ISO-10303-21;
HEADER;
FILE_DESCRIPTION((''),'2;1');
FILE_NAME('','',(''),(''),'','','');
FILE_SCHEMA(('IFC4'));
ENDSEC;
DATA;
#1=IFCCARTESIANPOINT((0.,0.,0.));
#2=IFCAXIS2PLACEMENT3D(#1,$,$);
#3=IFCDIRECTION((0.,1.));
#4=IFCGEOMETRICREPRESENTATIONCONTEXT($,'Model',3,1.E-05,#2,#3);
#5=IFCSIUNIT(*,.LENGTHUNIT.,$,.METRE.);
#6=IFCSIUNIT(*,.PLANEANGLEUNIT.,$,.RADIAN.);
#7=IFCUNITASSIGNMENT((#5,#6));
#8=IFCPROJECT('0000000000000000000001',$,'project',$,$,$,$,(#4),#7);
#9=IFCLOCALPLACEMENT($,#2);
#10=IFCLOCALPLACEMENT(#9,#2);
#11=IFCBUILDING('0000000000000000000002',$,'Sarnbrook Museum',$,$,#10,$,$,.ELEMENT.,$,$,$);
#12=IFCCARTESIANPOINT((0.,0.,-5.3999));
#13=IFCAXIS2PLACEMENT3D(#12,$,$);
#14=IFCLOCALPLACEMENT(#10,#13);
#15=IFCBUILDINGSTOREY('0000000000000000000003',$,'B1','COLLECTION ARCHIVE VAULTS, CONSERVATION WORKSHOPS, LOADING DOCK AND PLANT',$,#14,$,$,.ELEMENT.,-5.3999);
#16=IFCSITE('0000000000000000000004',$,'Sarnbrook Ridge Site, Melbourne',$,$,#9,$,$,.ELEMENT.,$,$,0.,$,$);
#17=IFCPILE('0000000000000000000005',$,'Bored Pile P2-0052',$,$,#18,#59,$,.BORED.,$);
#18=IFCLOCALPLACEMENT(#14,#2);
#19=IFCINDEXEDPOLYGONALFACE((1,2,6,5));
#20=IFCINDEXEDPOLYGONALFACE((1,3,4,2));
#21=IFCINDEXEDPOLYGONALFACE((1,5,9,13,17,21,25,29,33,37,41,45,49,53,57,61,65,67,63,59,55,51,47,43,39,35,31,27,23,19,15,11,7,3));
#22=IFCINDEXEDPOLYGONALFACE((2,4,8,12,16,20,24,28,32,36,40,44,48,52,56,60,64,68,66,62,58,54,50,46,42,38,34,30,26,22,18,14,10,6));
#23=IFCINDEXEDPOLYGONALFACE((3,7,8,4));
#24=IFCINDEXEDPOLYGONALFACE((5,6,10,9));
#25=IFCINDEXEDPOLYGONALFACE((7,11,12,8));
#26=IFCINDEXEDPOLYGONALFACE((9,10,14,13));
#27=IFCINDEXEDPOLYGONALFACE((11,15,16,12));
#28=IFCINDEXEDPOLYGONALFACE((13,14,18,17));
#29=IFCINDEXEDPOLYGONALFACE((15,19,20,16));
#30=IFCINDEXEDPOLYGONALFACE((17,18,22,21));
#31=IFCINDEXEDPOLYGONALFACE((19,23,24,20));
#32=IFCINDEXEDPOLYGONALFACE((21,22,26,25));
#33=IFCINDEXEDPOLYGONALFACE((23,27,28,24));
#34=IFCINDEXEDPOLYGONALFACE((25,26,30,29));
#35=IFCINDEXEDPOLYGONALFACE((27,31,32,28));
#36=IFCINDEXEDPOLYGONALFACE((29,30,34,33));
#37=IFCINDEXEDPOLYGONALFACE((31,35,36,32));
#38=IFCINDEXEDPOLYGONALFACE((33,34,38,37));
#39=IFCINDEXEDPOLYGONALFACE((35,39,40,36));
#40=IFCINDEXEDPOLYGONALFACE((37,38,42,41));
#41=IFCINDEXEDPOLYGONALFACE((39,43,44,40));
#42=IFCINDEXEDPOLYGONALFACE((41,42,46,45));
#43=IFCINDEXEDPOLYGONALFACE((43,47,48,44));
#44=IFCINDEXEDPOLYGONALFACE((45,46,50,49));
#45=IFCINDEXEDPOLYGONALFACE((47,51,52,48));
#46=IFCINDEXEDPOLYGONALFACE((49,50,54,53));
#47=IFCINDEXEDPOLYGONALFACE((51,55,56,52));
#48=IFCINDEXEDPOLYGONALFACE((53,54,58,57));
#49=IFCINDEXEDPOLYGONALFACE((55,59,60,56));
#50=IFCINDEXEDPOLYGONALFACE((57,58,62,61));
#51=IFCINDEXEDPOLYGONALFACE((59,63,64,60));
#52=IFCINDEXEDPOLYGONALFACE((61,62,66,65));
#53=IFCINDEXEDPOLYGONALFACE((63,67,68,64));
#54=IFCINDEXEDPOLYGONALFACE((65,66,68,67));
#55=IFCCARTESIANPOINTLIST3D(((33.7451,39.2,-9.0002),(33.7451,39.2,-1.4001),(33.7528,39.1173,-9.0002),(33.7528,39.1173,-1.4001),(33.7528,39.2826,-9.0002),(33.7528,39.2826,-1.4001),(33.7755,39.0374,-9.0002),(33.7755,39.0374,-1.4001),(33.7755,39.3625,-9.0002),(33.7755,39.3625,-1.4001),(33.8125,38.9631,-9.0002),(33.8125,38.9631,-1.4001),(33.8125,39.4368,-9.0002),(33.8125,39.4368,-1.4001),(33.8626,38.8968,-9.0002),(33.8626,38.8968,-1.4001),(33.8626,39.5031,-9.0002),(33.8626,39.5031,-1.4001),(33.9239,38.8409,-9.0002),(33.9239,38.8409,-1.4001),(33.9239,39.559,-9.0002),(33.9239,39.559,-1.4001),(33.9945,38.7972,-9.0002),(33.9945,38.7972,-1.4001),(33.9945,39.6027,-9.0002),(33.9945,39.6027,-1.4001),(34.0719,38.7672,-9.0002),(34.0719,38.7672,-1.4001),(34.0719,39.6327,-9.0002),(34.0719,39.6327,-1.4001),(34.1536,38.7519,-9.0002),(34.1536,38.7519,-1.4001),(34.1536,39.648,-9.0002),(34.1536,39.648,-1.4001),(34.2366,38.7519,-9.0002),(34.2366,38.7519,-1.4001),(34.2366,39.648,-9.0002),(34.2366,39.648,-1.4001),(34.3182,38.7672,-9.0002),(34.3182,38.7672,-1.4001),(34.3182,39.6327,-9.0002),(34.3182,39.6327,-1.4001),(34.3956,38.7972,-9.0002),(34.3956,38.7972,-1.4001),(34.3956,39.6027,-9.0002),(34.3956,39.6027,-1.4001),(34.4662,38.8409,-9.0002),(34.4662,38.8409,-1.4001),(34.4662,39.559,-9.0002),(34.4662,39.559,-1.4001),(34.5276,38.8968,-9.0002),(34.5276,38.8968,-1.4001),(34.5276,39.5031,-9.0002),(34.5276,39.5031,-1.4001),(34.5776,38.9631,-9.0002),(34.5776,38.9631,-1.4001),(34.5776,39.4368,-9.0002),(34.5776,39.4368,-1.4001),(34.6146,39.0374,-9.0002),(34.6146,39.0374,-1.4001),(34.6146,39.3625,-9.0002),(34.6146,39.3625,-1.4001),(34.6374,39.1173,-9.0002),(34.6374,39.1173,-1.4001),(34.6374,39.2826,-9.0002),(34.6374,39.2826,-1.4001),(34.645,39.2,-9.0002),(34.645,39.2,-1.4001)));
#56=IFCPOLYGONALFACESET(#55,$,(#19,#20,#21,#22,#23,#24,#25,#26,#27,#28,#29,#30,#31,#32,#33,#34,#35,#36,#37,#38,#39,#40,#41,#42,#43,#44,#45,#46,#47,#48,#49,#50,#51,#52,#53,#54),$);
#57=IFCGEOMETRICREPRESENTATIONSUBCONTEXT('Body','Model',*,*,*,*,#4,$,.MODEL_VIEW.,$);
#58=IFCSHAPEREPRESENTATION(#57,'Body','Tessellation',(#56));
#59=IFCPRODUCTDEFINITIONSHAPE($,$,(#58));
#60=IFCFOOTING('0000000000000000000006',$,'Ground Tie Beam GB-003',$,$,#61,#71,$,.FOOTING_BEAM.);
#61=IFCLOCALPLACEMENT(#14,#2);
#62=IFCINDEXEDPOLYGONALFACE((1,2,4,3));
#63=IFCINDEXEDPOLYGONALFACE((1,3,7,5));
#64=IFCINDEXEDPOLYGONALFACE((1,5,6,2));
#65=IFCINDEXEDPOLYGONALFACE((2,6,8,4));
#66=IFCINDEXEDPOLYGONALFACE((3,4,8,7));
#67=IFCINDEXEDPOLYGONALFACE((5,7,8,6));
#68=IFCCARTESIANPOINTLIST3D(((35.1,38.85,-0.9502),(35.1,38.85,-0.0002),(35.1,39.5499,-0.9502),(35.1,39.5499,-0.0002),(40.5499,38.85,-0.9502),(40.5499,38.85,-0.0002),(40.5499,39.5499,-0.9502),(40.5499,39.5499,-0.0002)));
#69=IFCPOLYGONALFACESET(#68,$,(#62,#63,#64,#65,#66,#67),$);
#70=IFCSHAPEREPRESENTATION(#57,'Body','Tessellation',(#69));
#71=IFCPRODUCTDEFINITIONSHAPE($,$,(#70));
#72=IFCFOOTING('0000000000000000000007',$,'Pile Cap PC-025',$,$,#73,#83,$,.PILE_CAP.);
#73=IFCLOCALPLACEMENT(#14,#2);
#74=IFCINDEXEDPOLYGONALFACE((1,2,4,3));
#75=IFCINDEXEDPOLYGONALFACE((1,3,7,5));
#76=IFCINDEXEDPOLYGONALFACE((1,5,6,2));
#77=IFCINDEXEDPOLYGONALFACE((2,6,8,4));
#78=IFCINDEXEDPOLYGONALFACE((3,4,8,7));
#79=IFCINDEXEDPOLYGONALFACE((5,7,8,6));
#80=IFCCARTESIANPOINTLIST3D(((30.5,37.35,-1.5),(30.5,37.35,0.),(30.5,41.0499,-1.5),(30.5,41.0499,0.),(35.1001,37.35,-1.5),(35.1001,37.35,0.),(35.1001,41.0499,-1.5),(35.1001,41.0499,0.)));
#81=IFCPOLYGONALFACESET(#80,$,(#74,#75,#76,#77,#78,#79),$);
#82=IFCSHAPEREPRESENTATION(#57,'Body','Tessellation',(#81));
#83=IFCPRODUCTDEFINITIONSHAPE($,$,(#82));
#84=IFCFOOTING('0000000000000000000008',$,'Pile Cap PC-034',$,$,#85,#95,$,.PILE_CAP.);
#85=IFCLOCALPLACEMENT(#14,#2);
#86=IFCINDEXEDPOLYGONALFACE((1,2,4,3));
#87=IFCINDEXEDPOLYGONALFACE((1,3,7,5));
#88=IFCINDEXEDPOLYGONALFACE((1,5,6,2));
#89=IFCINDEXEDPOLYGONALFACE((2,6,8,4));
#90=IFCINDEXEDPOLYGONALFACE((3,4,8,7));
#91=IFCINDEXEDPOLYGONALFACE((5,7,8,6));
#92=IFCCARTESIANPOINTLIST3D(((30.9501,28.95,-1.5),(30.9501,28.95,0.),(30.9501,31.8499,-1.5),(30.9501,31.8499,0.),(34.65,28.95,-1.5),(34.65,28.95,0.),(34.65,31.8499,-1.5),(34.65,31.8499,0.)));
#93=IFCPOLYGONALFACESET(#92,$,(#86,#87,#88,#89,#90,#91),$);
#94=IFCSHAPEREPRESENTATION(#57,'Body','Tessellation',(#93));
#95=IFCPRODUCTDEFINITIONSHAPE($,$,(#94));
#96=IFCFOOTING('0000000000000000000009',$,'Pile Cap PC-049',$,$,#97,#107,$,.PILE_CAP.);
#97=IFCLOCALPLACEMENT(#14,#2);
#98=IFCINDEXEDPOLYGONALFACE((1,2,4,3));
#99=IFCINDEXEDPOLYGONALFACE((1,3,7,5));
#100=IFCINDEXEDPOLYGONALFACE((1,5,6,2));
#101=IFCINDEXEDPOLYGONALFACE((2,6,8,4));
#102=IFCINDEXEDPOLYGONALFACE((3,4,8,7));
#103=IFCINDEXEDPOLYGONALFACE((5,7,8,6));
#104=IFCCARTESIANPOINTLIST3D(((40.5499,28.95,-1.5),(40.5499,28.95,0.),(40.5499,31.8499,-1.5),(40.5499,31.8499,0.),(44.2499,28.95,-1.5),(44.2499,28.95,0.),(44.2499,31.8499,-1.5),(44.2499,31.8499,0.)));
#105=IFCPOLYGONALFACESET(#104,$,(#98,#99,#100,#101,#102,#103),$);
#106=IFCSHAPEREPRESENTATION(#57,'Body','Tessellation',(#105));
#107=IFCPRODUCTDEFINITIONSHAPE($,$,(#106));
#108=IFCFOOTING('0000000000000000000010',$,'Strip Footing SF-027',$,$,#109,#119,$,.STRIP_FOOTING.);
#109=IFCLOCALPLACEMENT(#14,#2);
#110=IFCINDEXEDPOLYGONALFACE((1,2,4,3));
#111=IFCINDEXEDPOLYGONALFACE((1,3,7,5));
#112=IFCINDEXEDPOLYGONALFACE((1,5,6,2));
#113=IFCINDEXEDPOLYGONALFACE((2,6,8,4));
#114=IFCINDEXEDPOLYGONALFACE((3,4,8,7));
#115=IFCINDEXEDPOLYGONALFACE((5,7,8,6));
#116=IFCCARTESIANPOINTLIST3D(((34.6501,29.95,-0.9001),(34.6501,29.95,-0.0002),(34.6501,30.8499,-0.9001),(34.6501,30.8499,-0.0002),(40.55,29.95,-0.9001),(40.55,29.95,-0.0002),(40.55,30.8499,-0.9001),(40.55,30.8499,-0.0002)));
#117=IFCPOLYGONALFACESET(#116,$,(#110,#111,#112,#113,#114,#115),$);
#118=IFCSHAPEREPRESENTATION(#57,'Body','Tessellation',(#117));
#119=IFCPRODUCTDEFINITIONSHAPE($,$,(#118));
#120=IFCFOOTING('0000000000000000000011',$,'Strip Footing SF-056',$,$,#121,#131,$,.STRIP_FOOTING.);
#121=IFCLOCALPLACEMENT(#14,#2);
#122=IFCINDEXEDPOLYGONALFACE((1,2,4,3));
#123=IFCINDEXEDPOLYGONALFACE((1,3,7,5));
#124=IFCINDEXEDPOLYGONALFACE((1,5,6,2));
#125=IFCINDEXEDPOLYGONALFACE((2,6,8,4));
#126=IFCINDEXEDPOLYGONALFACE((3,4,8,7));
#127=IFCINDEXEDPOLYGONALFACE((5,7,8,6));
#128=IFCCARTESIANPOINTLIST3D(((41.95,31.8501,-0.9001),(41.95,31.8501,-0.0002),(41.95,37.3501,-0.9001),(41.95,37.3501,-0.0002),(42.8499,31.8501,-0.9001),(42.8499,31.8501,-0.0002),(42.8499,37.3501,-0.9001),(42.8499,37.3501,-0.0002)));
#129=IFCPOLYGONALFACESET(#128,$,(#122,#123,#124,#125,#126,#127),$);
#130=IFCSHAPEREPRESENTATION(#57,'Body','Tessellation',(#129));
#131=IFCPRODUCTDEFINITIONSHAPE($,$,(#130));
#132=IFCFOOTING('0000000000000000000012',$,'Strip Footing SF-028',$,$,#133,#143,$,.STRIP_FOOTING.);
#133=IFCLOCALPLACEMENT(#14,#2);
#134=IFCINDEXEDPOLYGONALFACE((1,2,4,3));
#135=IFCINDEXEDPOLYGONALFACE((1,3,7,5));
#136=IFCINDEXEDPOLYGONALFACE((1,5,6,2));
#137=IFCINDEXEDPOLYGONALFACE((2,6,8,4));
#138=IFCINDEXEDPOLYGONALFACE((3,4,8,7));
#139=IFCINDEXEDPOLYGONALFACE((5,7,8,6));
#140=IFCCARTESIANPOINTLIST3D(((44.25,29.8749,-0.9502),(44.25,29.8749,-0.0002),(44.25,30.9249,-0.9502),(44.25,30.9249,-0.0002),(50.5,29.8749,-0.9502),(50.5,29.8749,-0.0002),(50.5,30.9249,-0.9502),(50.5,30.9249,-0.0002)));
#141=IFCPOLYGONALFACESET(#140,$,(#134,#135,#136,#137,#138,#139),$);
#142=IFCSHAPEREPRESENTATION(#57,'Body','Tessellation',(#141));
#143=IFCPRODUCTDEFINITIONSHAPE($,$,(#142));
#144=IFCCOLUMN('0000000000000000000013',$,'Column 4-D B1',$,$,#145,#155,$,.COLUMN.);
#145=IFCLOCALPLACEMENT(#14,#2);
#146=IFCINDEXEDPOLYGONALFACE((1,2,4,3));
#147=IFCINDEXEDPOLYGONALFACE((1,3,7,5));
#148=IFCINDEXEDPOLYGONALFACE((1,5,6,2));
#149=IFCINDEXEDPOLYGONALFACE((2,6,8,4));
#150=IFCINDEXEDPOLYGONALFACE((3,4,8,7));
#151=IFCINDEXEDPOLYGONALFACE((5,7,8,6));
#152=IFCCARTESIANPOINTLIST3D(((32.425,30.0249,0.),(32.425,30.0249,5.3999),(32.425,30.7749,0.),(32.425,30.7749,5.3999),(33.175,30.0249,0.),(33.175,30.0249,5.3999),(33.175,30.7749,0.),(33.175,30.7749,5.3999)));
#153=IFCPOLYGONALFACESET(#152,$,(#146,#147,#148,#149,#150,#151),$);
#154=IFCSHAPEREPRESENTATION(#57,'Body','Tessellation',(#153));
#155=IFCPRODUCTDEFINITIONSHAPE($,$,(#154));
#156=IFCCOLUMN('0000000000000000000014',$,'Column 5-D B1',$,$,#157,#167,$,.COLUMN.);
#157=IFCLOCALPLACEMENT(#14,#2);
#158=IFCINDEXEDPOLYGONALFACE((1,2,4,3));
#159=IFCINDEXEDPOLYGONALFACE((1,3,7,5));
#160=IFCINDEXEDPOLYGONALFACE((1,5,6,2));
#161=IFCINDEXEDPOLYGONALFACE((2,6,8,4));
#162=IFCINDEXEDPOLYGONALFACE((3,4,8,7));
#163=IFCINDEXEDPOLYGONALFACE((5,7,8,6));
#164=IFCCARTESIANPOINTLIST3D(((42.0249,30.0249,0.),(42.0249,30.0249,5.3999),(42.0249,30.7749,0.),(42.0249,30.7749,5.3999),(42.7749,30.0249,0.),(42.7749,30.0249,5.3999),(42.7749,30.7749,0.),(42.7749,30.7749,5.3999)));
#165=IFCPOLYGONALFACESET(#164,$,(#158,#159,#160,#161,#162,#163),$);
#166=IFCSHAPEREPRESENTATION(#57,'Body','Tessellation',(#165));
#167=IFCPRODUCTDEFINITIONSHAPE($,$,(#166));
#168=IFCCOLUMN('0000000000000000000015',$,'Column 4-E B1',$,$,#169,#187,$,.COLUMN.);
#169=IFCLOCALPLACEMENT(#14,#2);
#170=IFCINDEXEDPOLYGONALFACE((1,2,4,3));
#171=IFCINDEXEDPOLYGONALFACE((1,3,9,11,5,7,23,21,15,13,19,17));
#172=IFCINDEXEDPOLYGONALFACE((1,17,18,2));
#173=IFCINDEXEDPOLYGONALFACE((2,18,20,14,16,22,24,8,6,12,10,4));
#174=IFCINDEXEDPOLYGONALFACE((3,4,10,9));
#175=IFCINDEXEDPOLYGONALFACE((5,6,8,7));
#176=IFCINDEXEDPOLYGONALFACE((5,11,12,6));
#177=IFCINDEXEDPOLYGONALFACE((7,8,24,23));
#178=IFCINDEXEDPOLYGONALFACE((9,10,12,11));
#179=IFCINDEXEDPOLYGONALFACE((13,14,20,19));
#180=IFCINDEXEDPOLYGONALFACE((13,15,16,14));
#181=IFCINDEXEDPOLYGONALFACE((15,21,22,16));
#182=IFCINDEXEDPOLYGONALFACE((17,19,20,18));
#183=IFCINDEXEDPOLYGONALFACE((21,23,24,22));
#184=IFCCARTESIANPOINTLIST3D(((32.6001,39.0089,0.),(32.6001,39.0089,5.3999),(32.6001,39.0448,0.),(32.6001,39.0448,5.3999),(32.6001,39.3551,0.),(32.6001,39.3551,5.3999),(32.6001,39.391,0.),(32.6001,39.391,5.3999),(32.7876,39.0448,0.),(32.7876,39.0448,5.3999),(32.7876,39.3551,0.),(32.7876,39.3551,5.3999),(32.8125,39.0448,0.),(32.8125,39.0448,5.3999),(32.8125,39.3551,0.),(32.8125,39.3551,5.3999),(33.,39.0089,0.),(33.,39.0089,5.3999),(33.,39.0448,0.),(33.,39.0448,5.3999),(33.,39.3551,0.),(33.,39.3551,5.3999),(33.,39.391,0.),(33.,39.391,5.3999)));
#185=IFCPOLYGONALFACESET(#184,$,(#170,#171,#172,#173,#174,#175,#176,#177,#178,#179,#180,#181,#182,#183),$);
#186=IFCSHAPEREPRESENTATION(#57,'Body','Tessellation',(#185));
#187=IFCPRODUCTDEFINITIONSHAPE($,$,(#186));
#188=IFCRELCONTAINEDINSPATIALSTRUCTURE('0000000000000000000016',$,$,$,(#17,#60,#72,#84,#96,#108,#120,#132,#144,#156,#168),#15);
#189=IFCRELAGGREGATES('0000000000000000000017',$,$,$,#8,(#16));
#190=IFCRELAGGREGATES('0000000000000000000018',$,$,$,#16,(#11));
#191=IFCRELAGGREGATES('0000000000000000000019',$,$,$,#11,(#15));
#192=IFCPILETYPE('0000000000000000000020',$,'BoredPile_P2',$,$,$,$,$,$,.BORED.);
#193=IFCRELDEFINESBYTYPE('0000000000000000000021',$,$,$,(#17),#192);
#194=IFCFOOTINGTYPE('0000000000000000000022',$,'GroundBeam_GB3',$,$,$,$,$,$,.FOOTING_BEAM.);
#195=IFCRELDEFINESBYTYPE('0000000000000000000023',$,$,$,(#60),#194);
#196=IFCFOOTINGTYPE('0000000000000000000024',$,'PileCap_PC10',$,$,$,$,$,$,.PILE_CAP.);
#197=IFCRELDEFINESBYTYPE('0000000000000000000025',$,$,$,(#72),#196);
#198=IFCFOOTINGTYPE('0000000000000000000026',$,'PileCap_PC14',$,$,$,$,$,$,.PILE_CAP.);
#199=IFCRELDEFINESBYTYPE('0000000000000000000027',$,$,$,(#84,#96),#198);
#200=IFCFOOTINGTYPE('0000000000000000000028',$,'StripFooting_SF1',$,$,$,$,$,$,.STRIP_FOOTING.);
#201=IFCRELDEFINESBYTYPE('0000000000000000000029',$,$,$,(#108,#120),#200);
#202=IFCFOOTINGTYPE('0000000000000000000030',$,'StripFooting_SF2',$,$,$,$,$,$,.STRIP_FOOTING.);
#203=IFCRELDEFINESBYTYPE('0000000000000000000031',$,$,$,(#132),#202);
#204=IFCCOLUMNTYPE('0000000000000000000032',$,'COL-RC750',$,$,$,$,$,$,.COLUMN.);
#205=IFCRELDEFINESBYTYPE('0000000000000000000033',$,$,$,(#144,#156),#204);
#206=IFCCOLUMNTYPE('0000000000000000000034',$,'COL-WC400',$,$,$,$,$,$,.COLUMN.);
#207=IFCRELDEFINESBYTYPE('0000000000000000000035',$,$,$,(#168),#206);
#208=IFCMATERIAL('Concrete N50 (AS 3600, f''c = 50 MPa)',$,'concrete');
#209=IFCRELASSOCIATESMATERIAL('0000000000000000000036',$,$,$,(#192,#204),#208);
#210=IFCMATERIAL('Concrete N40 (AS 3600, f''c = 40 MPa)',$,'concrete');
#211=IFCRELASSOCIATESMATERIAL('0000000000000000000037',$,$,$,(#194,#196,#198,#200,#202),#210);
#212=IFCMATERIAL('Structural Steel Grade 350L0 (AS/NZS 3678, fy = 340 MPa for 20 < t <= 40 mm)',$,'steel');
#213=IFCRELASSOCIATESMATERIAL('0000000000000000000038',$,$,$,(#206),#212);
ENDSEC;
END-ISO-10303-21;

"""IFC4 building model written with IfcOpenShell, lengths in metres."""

from ifc_helpers import new_model, si_unit, direction, frame, origin, origin_2d, place, context, subcontext, project, spatial, rectangle, circle, i_section, extrude, material, material_profile, profile_set, type_object, element, save


model = new_model("IFC4")

# Units and contexts
model_context = context("Model", 3, precision=1e-05, world=origin(), true_north=direction((0.0, 1.0)))
body_context = subcontext(model_context, "Body", "Model", "MODEL_VIEW")
ifc_project = project(units=[si_unit("LENGTHUNIT", "METRE"), si_unit("PLANEANGLEUNIT", "RADIAN")], contexts=[model_context])

# Site, building, storey
site_placement = place(None, origin())
site = spatial("IfcSite", under=ifc_project, at=site_placement, Name="Sarnbrook Ridge Site, Melbourne", CompositionType="ELEMENT", RefElevation=0.0)
building_placement = place(site_placement, origin())
building = spatial("IfcBuilding", under=site, at=building_placement, Name="Sarnbrook Museum", CompositionType="ELEMENT")
storey_placement = place(building_placement, frame((0.0, 0.0, -5.3999)))
storey = spatial("IfcBuildingStorey", under=building, at=storey_placement, Name="B1", Description="COLLECTION ARCHIVE VAULTS, CONSERVATION WORKSHOPS, LOADING DOCK AND PLANT", CompositionType="ELEMENT", Elevation=-5.3999)

# Pile
ifc_material_1 = material(Name="Concrete N50 (AS 3600, f'c = 50 MPa)", Category="concrete")
ifc_material_profile_1 = material_profile(ifc_material_1, circle(Radius=0.45, at=origin_2d()), Name="BORED PILE D900")
ifc_profile_set_1 = profile_set([ifc_material_profile_1], Name="Concrete N50 (AS 3600, f'c = 50 MPa)")
pile_type_1 = type_object("IfcPileType", Name="BoredPile_P2", PredefinedType="BORED", material=ifc_profile_set_1)
for number, where, z_axis, x_axis, name in (
    (1, (34.1951, 39.2, -1.4001), (0.0, 0.0, -1.0), (1.0, 0.0, 0.0), "Bored Pile P2-0052"),
):
    element("IfcPile", number, at=place(storey_placement, frame(where, z_axis=z_axis, x_axis=x_axis)), inside=storey, type_object=pile_type_1, Name=name, PredefinedType="BORED", context=body_context, shape_type="SweptSolid", body=[
        extrude(circle(Radius=0.45, at=origin_2d()), origin(), (0.0, 0.0, 1.0), 7.6001),
    ])

# Footings
ifc_material_2 = material(Name="Concrete N40 (AS 3600, f'c = 40 MPa)", Category="concrete")
footing_type_1 = type_object("IfcFootingType", Name="GroundBeam_GB3", PredefinedType="FOOTING_BEAM", material=ifc_material_2)
footing_1_placement = place(storey_placement, frame((37.825, 39.2, -0.9502), z_axis=(0.0, 0.0, 1.0), x_axis=(1.0, 0.0, 0.0)))
element("IfcFooting", 2, at=footing_1_placement, inside=storey, type_object=footing_type_1, Name="Ground Tie Beam GB-003", PredefinedType="FOOTING_BEAM", context=body_context, shape_type="SweptSolid", body=[
    extrude(rectangle(XDim=5.45, YDim=0.7, at=origin_2d()), origin(), (0.0, 0.0, 1.0), 0.95),
])
footing_type_2 = type_object("IfcFootingType", Name="PileCap_PC10", PredefinedType="PILE_CAP", material=ifc_material_2)
footing_2_placement = place(storey_placement, frame((32.8, 39.2, -1.5), z_axis=(0.0, 0.0, 1.0), x_axis=(1.0, 0.0, 0.0)))
element("IfcFooting", 3, at=footing_2_placement, inside=storey, type_object=footing_type_2, Name="Pile Cap PC-025", PredefinedType="PILE_CAP", context=body_context, shape_type="SweptSolid", body=[
    extrude(rectangle(XDim=4.6001, YDim=3.7, at=origin_2d()), origin(), (0.0, 0.0, 1.0), 1.5),
])
footing_type_3 = type_object("IfcFootingType", Name="PileCap_PC14", PredefinedType="PILE_CAP", material=ifc_material_2)
for number, where, z_axis, x_axis, name in (
    (4, (32.8, 30.3999, -1.5), (0.0, 0.0, 1.0), (1.0, 0.0, 0.0), "Pile Cap PC-034"),
    (5, (42.3999, 30.3999, -1.5), (0.0, 0.0, 1.0), (1.0, 0.0, 0.0), "Pile Cap PC-049"),
):
    element("IfcFooting", number, at=place(storey_placement, frame(where, z_axis=z_axis, x_axis=x_axis)), inside=storey, type_object=footing_type_3, Name=name, PredefinedType="PILE_CAP", context=body_context, shape_type="SweptSolid", body=[
        extrude(rectangle(XDim=3.7, YDim=2.8999, at=origin_2d()), origin(), (0.0, 0.0, 1.0), 1.5),
    ])
footing_type_4 = type_object("IfcFootingType", Name="StripFooting_SF1", PredefinedType="STRIP_FOOTING", material=ifc_material_2)
footing_3_placement = place(storey_placement, frame((37.6001, 30.3999, -0.9001), z_axis=(0.0, 0.0, 1.0), x_axis=(1.0, 0.0, 0.0)))
element("IfcFooting", 6, at=footing_3_placement, inside=storey, type_object=footing_type_4, Name="Strip Footing SF-027", PredefinedType="STRIP_FOOTING", context=body_context, shape_type="SweptSolid", body=[
    extrude(rectangle(XDim=5.8999, YDim=0.8999, at=origin_2d()), origin(), (0.0, 0.0, 1.0), 0.8999),
])
footing_4_placement = place(storey_placement, frame((42.3999, 34.6001, -0.9001), z_axis=(0.0, 0.0, 1.0), x_axis=(1.0, 0.0, 0.0)))
element("IfcFooting", 7, at=footing_4_placement, inside=storey, type_object=footing_type_4, Name="Strip Footing SF-056", PredefinedType="STRIP_FOOTING", context=body_context, shape_type="SweptSolid", body=[
    extrude(rectangle(XDim=0.8999, YDim=5.5, at=origin_2d()), origin(), (0.0, 0.0, 1.0), 0.8999),
])
footing_type_5 = type_object("IfcFootingType", Name="StripFooting_SF2", PredefinedType="STRIP_FOOTING", material=ifc_material_2)
footing_5_placement = place(storey_placement, frame((47.375, 30.3999, -0.9502), z_axis=(0.0, 0.0, 1.0), x_axis=(1.0, 0.0, 0.0)))
element("IfcFooting", 8, at=footing_5_placement, inside=storey, type_object=footing_type_5, Name="Strip Footing SF-028", PredefinedType="STRIP_FOOTING", context=body_context, shape_type="SweptSolid", body=[
    extrude(rectangle(XDim=6.25, YDim=1.05, at=origin_2d()), origin(), (0.0, 0.0, 1.0), 0.95),
])

# Columns
ifc_material_profile_2 = material_profile(ifc_material_1, rectangle(XDim=0.75, YDim=0.75, at=origin_2d()), Name="RC 750x750")
ifc_profile_set_2 = profile_set([ifc_material_profile_2], Name="Concrete N50 (AS 3600, f'c = 50 MPa)")
column_type_1 = type_object("IfcColumnType", Name="COL-RC750", PredefinedType="COLUMN", material=ifc_profile_set_2)
for number, where, z_axis, x_axis, name in (
    (9, (32.8, 30.3999, 0.0), (0.0, 0.0, 1.0), (1.0, 0.0, 0.0), "Column 4-D B1"),
    (10, (42.3999, 30.3999, 0.0), (0.0, 0.0, 1.0), (1.0, 0.0, 0.0), "Column 5-D B1"),
):
    element("IfcColumn", number, at=place(storey_placement, frame(where, z_axis=z_axis, x_axis=x_axis)), inside=storey, type_object=column_type_1, Name=name, PredefinedType="COLUMN", context=body_context, shape_type="SweptSolid", body=[
        extrude(rectangle(XDim=0.75, YDim=0.75, at=origin_2d()), origin(), (0.0, 0.0, 1.0), 5.3999),
    ])
ifc_material_3 = material(Name="Structural Steel Grade 350L0 (AS/NZS 3678, fy = 340 MPa for 20 < t <= 40 mm)", Category="steel")
ifc_material_profile_3 = material_profile(ifc_material_3, i_section(OverallWidth=0.3999, OverallDepth=0.3821, WebThickness=0.0249, FlangeThickness=0.0359, at=origin_2d()), Name="400WC270")
ifc_profile_set_3 = profile_set([ifc_material_profile_3], Name="Structural Steel Grade 350L0 (AS/NZS 3678, fy = 340 MPa for 20 < t <= 40 mm)")
column_type_2 = type_object("IfcColumnType", Name="COL-WC400", PredefinedType="COLUMN", material=ifc_profile_set_3)
for number, where, z_axis, x_axis, name in (
    (11, (32.8, 39.2, 0.0), (0.0, 0.0, 1.0), (1.0, 0.0, 0.0), "Column 4-E B1"),
):
    element("IfcColumn", number, at=place(storey_placement, frame(where, z_axis=z_axis, x_axis=x_axis)), inside=storey, type_object=column_type_2, Name=name, PredefinedType="COLUMN", context=body_context, shape_type="SweptSolid", body=[
        extrude(i_section(OverallWidth=0.3999, OverallDepth=0.3821, WebThickness=0.0249, FlangeThickness=0.0359, at=origin_2d()), origin(), (0.0, 0.0, 1.0), 5.3999),
    ])

save(model, "model.ifc")
